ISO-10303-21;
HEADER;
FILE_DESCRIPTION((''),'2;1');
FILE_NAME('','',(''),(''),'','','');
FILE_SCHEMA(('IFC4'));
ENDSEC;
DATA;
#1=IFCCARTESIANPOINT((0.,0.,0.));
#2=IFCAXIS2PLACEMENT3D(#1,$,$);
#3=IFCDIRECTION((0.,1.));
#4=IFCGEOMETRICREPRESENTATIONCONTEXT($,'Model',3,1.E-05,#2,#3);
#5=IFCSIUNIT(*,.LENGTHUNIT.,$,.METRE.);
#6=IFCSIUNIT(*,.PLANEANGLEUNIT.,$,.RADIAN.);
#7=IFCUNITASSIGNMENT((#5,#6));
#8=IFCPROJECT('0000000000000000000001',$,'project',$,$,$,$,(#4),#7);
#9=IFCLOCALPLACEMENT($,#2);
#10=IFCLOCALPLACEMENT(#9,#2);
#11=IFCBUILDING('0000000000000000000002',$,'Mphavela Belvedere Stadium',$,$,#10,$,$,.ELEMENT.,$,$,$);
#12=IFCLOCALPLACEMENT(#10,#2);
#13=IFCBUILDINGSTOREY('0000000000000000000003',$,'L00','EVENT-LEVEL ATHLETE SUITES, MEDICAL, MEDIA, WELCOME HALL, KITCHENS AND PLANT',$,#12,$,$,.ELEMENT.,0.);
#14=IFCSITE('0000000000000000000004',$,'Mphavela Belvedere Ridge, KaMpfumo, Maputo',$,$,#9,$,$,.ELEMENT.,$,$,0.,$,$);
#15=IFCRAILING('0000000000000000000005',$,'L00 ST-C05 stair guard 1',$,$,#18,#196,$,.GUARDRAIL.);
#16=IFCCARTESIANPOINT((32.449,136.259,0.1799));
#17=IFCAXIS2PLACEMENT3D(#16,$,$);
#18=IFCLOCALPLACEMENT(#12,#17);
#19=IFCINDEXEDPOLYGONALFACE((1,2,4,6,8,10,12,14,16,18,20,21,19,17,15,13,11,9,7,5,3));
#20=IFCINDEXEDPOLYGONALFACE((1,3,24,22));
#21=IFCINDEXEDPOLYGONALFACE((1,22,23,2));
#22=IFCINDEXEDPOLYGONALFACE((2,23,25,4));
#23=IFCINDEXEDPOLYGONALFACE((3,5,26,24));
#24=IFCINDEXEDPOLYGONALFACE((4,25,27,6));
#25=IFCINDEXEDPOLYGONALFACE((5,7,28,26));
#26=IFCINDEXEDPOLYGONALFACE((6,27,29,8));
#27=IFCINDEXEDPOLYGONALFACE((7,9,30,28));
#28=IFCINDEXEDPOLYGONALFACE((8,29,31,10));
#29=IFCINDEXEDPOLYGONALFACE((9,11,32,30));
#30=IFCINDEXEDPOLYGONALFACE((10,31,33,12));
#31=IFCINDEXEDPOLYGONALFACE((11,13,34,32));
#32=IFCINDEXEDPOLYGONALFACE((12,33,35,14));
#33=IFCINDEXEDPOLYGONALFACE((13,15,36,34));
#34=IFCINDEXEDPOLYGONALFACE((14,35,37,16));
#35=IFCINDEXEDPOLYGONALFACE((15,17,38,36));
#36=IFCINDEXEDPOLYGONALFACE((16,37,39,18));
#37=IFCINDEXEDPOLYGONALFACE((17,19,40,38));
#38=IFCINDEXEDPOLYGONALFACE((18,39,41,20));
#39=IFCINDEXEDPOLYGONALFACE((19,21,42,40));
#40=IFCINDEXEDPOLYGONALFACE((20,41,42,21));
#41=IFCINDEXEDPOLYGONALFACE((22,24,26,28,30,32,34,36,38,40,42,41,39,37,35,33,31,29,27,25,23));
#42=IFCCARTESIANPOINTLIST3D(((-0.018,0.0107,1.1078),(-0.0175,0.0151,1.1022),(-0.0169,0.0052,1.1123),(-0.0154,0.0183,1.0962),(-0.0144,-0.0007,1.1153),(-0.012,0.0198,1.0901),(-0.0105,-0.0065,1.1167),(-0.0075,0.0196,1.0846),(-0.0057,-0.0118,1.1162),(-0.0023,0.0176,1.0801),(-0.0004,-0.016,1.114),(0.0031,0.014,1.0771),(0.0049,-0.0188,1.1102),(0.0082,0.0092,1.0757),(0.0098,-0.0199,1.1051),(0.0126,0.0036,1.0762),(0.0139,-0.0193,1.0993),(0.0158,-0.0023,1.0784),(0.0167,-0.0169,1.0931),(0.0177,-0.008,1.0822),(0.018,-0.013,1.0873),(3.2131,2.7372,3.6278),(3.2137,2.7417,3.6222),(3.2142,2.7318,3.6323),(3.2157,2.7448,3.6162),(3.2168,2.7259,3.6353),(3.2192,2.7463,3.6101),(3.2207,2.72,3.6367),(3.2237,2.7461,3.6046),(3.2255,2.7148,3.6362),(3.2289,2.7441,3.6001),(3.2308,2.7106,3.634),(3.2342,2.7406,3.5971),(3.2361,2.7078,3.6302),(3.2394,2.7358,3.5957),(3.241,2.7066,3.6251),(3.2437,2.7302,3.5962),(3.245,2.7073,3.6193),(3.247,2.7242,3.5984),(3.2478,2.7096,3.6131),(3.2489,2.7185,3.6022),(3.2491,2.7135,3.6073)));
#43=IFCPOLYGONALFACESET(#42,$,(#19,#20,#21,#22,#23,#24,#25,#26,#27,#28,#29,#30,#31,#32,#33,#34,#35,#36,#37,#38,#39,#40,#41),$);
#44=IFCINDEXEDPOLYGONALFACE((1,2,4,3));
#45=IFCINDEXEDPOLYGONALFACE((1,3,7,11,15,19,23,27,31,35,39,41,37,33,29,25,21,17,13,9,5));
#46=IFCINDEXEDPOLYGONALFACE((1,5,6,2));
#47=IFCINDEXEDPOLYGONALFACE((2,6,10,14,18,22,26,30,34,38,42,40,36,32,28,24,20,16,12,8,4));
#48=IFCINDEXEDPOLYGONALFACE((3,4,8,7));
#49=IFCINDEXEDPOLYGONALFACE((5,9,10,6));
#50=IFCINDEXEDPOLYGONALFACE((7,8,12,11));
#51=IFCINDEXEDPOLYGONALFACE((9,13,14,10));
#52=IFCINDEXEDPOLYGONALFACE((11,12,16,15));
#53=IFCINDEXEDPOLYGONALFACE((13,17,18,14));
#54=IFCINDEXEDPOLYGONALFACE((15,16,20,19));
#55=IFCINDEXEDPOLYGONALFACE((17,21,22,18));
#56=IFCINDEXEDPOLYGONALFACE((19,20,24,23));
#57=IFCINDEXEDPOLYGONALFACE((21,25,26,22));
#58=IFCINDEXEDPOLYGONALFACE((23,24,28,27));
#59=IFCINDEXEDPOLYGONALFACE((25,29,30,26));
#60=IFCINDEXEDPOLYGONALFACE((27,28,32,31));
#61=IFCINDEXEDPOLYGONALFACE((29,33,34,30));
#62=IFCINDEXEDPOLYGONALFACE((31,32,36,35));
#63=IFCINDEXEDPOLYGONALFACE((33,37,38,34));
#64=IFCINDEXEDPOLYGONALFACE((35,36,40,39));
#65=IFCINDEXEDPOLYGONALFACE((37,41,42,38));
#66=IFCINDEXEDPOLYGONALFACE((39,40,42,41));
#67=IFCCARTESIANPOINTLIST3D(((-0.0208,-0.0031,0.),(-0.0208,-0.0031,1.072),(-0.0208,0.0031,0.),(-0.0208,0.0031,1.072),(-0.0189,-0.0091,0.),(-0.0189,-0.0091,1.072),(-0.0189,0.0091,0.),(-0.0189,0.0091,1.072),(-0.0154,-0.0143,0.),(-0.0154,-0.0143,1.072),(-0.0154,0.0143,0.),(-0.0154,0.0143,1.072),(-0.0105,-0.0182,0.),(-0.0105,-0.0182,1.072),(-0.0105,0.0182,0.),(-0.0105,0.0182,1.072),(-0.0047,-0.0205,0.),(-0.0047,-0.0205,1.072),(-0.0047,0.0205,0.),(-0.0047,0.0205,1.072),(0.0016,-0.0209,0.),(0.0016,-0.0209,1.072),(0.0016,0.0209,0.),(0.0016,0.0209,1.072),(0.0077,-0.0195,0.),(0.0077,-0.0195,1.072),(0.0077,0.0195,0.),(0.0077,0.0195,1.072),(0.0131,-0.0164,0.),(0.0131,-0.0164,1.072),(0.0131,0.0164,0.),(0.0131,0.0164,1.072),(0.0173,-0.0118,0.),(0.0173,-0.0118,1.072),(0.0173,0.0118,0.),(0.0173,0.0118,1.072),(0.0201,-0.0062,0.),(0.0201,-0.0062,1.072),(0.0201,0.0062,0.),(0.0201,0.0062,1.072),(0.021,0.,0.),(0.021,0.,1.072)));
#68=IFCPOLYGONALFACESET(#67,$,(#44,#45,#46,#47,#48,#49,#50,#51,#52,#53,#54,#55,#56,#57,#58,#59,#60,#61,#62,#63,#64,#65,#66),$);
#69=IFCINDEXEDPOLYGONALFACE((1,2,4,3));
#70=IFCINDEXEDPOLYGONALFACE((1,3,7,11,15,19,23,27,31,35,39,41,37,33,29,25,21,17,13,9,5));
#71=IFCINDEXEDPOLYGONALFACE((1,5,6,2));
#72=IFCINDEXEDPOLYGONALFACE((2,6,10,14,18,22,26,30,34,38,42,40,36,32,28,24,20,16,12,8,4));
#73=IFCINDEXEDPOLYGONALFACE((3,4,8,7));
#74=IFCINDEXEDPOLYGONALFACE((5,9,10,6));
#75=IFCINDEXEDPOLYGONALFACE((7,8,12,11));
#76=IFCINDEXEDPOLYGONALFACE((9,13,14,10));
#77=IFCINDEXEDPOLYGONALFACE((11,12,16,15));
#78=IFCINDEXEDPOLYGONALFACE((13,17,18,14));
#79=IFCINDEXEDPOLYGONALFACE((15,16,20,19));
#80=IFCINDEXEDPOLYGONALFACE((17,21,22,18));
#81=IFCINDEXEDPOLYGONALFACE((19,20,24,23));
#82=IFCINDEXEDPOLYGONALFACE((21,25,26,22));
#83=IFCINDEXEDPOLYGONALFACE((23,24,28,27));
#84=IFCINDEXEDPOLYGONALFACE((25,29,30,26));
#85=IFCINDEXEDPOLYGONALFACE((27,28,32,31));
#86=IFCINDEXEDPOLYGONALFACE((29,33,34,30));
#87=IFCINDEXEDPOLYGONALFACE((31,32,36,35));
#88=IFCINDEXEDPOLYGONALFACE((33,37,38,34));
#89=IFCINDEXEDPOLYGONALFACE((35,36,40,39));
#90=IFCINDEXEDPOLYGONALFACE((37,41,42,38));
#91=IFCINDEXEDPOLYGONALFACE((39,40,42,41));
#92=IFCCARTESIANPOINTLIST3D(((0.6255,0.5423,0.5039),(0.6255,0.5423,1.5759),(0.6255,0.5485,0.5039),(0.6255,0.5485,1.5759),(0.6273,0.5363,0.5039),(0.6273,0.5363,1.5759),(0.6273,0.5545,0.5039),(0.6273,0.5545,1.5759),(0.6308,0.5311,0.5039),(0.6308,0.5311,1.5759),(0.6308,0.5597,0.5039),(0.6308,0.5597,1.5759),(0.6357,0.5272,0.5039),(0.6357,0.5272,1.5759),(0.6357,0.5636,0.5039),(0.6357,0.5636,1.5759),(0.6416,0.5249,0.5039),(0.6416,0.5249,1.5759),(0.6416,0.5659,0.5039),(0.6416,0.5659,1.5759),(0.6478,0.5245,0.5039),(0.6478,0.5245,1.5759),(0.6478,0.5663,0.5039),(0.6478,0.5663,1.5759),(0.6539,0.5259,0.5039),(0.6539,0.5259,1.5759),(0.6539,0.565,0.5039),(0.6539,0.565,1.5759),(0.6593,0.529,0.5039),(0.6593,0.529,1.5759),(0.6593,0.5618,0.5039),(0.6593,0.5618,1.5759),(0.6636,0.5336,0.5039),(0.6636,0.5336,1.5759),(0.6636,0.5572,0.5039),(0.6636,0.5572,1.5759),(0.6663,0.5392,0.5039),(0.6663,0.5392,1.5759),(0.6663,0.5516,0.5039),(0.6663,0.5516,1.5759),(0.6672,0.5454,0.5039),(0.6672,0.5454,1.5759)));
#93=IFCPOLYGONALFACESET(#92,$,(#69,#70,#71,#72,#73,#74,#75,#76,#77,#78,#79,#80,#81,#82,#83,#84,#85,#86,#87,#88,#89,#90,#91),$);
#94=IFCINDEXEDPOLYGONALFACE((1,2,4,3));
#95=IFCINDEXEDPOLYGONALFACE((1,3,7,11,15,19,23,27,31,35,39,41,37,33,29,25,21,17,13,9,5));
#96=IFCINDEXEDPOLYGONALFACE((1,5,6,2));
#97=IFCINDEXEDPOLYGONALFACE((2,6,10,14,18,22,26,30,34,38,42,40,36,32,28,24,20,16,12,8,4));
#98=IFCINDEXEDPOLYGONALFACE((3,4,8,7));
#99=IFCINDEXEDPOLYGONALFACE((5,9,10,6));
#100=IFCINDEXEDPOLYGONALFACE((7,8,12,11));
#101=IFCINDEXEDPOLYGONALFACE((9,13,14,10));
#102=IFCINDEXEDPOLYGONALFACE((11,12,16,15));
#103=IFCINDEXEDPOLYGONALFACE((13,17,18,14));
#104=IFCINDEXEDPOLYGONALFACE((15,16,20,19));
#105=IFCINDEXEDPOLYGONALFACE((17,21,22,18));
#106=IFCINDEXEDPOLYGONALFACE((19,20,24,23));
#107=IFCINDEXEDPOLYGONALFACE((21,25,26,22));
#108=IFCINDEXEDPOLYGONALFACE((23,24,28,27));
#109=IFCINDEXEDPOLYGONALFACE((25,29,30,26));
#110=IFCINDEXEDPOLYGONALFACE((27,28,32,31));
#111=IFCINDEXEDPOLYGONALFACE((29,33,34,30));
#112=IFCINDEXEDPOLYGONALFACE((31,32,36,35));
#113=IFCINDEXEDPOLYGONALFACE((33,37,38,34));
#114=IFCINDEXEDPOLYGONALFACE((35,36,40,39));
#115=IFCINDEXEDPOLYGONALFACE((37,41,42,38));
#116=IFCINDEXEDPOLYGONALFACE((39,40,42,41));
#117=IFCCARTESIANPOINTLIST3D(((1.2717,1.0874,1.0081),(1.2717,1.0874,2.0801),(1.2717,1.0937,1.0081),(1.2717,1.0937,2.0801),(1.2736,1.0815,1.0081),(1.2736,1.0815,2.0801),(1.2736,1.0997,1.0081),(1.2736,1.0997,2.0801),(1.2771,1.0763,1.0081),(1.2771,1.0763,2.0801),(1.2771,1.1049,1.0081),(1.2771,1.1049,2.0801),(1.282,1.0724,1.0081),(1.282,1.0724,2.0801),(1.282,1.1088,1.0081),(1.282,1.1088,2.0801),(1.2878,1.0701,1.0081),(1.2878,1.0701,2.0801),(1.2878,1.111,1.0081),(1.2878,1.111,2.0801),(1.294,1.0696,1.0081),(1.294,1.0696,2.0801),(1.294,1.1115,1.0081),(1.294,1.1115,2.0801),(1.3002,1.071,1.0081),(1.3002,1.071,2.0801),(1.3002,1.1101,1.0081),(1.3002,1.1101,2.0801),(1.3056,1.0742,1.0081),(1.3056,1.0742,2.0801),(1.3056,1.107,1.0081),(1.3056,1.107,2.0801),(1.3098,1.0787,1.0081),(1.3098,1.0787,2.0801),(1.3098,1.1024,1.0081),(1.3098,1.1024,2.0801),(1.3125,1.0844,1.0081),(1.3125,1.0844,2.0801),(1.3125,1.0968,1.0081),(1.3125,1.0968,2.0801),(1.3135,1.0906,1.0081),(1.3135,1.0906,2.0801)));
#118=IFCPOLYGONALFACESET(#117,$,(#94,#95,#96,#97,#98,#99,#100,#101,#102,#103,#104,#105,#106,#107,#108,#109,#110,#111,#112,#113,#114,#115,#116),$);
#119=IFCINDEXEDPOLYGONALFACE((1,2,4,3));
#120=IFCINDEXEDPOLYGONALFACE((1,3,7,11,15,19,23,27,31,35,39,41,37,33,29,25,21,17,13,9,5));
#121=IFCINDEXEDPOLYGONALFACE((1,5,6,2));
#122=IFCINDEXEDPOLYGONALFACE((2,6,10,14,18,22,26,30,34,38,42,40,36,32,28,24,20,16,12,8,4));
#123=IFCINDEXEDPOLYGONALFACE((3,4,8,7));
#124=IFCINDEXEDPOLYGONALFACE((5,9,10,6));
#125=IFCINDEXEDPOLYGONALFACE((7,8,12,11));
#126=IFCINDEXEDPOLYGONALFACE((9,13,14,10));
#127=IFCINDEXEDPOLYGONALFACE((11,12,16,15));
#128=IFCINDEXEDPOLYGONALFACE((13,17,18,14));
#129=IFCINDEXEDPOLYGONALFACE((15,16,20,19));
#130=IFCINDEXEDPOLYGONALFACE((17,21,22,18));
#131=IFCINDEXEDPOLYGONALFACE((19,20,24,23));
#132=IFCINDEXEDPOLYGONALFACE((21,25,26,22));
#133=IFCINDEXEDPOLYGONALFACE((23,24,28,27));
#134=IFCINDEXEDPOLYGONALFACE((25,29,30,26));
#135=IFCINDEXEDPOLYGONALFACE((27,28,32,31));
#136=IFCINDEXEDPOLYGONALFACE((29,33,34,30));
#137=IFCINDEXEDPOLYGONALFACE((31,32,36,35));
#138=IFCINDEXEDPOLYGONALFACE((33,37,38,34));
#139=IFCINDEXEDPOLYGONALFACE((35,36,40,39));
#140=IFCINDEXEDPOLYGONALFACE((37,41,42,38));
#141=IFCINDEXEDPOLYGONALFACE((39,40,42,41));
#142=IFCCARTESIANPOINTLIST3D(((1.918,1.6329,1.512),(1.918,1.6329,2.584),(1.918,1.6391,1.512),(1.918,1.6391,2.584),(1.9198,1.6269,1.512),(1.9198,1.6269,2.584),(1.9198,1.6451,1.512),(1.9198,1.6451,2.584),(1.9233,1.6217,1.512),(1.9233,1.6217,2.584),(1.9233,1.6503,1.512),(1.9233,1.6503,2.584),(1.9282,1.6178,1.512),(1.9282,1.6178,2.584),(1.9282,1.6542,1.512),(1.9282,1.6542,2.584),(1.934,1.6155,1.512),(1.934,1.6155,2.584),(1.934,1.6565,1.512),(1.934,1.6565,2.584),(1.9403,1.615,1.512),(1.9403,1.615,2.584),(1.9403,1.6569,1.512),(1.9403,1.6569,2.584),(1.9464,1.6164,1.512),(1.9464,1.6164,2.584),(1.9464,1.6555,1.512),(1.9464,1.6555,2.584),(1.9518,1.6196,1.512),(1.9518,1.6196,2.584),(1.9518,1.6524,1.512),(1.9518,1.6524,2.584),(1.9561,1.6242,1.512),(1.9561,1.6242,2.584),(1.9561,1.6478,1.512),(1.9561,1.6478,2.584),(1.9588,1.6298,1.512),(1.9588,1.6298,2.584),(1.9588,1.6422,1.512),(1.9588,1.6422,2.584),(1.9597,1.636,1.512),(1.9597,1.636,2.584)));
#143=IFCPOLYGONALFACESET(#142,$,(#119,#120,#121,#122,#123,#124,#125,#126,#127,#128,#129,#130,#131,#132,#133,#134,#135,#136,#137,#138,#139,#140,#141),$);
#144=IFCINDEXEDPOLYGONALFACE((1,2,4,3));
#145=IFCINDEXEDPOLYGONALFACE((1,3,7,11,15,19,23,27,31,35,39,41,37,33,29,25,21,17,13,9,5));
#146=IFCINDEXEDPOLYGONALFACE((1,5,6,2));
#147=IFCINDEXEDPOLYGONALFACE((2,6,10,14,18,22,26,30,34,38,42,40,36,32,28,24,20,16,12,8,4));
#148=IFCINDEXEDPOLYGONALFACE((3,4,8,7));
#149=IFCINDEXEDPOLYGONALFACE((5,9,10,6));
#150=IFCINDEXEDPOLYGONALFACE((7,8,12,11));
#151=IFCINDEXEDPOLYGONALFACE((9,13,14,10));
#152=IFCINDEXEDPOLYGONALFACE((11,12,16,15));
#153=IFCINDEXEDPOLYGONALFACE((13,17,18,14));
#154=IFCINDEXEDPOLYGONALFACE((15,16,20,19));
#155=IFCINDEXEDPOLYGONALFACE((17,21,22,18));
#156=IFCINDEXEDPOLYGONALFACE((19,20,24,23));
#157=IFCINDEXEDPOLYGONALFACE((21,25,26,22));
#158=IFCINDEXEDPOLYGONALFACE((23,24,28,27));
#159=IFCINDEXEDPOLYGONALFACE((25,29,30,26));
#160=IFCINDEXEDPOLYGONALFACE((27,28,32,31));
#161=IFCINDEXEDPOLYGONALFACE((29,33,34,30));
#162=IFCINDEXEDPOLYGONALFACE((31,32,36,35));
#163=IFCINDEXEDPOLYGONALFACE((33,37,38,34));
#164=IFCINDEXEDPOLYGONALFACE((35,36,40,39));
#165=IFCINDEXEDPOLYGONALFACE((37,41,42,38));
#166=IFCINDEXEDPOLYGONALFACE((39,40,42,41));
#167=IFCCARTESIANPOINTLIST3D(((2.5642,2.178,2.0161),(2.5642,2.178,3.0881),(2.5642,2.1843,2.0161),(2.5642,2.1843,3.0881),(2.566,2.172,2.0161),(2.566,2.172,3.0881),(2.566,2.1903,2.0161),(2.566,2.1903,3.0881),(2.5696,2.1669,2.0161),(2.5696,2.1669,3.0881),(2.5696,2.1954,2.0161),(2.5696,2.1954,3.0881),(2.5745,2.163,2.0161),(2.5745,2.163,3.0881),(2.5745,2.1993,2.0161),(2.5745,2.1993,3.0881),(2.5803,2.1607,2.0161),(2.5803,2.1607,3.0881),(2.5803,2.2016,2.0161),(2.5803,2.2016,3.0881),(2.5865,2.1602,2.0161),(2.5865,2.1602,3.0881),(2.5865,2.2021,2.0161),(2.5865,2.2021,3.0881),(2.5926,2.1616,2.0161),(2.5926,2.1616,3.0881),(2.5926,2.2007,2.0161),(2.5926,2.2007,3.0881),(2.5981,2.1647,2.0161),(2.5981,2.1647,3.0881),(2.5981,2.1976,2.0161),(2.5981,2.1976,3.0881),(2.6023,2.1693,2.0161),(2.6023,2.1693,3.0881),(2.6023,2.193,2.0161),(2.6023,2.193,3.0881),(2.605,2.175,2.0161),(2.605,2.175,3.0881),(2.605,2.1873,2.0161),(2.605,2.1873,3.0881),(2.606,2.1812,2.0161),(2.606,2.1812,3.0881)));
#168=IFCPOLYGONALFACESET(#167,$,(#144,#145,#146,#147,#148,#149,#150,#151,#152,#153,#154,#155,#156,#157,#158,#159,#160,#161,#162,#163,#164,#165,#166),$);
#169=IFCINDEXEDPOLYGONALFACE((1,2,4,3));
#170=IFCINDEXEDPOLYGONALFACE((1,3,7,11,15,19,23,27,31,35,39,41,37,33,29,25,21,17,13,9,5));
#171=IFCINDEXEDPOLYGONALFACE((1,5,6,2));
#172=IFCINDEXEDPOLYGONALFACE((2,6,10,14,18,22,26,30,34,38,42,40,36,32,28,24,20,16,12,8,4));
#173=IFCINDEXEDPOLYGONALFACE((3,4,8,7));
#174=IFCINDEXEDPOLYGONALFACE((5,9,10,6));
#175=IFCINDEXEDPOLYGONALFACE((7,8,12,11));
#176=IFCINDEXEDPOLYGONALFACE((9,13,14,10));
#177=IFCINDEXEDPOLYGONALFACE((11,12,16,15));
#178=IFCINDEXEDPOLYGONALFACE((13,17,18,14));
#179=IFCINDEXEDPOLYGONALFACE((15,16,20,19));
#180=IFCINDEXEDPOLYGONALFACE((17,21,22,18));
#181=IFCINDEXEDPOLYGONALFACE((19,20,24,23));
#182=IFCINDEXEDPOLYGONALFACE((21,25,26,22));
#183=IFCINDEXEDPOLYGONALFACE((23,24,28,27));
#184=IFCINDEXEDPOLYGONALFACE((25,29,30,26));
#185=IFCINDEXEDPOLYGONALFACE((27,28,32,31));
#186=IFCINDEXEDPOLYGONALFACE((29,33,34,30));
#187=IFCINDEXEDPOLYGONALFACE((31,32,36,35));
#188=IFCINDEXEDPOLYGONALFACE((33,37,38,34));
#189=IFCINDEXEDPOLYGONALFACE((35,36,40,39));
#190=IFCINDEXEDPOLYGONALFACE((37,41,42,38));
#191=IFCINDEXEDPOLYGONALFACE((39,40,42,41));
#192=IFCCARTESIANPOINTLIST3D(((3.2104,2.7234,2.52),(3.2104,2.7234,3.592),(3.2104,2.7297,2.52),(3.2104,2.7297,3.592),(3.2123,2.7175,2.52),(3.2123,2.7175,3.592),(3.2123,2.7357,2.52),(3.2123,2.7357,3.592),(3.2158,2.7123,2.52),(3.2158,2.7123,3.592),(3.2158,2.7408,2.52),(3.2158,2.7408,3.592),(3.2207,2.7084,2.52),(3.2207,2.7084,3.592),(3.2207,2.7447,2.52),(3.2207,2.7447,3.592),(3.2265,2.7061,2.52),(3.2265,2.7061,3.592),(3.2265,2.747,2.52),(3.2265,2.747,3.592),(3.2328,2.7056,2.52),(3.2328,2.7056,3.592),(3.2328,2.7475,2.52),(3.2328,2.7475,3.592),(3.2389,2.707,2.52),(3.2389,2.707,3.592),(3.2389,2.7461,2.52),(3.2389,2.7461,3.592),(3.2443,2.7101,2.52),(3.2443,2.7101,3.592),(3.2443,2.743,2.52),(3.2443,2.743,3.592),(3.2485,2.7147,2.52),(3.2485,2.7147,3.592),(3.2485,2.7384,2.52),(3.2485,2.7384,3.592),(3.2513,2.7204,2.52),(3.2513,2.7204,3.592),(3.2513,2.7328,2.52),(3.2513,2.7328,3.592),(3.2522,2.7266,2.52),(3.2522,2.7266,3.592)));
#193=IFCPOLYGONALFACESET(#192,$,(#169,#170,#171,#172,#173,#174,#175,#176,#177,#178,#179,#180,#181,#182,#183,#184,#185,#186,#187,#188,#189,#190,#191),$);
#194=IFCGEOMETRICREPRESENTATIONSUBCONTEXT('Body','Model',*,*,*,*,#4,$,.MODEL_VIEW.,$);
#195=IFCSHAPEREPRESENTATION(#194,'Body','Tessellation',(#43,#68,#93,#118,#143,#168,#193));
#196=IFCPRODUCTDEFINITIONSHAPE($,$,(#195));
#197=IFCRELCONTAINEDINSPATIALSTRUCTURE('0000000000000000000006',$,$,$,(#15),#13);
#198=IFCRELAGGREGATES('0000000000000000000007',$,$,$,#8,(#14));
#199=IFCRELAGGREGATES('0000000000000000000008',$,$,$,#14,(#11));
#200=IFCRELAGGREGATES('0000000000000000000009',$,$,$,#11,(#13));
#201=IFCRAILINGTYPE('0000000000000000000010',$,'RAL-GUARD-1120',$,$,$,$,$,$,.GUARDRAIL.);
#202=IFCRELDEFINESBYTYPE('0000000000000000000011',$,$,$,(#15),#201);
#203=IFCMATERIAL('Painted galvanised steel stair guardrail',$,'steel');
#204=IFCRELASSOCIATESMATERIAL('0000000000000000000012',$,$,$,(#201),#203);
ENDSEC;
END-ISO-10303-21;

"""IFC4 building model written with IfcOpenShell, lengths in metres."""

from ifc_helpers import new_model, si_unit, direction, frame, origin, origin_2d, place, context, subcontext, project, spatial, circle, extrude, material, type_object, element, save


model = new_model("IFC4")

# Units and contexts
model_context = context("Model", 3, precision=1e-05, world=origin(), true_north=direction((0.0, 1.0)))
body_context = subcontext(model_context, "Body", "Model", "MODEL_VIEW")
ifc_project = project(units=[si_unit("LENGTHUNIT", "METRE"), si_unit("PLANEANGLEUNIT", "RADIAN")], contexts=[model_context])

# Site, building, storey
site_placement = place(None, origin())
site = spatial("IfcSite", under=ifc_project, at=site_placement, Name="Mphavela Belvedere Ridge, KaMpfumo, Maputo", CompositionType="ELEMENT", RefElevation=0.0)
building_placement = place(site_placement, origin())
building = spatial("IfcBuilding", under=site, at=building_placement, Name="Mphavela Belvedere Stadium", CompositionType="ELEMENT")
storey_placement = place(building_placement, origin())
storey = spatial("IfcBuildingStorey", under=building, at=storey_placement, Name="L00", Description="EVENT-LEVEL ATHLETE SUITES, MEDICAL, MEDIA, WELCOME HALL, KITCHENS AND PLANT", CompositionType="ELEMENT", Elevation=0.0)

# Railing
ifc_material_1 = material(Name="Painted galvanised steel stair guardrail", Category="steel")
railing_type_1 = type_object("IfcRailingType", Name="RAL-GUARD-1120", PredefinedType="GUARDRAIL", material=ifc_material_1)
railing_1_placement = place(storey_placement, frame((32.449, 136.259, 0.1799)))
element("IfcRailing", 1, at=railing_1_placement, inside=storey, type_object=railing_type_1, Name="L00 ST-C05 stair guard 1", PredefinedType="GUARDRAIL", context=body_context, shape_type="SweptSolid", body=[
    extrude(circle(Radius=0.0239, at=origin_2d()), frame((0.0, 0.0, 1.0962), z_axis=(0.656492, 0.553963, 0.511999), x_axis=(-0.644904, 0.764264, 0.0)), (0.0, 0.0, 1.0), 4.9219),
    extrude(circle(Radius=0.021, at=origin_2d()), origin(), (0.0, 0.0, 1.0), 1.072),
    extrude(circle(Radius=0.021, at=origin_2d()), frame((0.6462, 0.5454, 0.5039)), (0.0, 0.0, 1.0), 1.072),
    extrude(circle(Radius=0.021, at=origin_2d()), frame((1.2925, 1.0906, 1.0081)), (0.0, 0.0, 1.0), 1.072),
    extrude(circle(Radius=0.021, at=origin_2d()), frame((1.9387, 1.636, 1.512)), (0.0, 0.0, 1.0), 1.072),
    extrude(circle(Radius=0.021, at=origin_2d()), frame((2.585, 2.1812, 2.0161)), (0.0, 0.0, 1.0), 1.072),
    extrude(circle(Radius=0.021, at=origin_2d()), frame((3.2312, 2.7266, 2.52)), (0.0, 0.0, 1.0), 1.072),
])

save(model, "model.ifc")
